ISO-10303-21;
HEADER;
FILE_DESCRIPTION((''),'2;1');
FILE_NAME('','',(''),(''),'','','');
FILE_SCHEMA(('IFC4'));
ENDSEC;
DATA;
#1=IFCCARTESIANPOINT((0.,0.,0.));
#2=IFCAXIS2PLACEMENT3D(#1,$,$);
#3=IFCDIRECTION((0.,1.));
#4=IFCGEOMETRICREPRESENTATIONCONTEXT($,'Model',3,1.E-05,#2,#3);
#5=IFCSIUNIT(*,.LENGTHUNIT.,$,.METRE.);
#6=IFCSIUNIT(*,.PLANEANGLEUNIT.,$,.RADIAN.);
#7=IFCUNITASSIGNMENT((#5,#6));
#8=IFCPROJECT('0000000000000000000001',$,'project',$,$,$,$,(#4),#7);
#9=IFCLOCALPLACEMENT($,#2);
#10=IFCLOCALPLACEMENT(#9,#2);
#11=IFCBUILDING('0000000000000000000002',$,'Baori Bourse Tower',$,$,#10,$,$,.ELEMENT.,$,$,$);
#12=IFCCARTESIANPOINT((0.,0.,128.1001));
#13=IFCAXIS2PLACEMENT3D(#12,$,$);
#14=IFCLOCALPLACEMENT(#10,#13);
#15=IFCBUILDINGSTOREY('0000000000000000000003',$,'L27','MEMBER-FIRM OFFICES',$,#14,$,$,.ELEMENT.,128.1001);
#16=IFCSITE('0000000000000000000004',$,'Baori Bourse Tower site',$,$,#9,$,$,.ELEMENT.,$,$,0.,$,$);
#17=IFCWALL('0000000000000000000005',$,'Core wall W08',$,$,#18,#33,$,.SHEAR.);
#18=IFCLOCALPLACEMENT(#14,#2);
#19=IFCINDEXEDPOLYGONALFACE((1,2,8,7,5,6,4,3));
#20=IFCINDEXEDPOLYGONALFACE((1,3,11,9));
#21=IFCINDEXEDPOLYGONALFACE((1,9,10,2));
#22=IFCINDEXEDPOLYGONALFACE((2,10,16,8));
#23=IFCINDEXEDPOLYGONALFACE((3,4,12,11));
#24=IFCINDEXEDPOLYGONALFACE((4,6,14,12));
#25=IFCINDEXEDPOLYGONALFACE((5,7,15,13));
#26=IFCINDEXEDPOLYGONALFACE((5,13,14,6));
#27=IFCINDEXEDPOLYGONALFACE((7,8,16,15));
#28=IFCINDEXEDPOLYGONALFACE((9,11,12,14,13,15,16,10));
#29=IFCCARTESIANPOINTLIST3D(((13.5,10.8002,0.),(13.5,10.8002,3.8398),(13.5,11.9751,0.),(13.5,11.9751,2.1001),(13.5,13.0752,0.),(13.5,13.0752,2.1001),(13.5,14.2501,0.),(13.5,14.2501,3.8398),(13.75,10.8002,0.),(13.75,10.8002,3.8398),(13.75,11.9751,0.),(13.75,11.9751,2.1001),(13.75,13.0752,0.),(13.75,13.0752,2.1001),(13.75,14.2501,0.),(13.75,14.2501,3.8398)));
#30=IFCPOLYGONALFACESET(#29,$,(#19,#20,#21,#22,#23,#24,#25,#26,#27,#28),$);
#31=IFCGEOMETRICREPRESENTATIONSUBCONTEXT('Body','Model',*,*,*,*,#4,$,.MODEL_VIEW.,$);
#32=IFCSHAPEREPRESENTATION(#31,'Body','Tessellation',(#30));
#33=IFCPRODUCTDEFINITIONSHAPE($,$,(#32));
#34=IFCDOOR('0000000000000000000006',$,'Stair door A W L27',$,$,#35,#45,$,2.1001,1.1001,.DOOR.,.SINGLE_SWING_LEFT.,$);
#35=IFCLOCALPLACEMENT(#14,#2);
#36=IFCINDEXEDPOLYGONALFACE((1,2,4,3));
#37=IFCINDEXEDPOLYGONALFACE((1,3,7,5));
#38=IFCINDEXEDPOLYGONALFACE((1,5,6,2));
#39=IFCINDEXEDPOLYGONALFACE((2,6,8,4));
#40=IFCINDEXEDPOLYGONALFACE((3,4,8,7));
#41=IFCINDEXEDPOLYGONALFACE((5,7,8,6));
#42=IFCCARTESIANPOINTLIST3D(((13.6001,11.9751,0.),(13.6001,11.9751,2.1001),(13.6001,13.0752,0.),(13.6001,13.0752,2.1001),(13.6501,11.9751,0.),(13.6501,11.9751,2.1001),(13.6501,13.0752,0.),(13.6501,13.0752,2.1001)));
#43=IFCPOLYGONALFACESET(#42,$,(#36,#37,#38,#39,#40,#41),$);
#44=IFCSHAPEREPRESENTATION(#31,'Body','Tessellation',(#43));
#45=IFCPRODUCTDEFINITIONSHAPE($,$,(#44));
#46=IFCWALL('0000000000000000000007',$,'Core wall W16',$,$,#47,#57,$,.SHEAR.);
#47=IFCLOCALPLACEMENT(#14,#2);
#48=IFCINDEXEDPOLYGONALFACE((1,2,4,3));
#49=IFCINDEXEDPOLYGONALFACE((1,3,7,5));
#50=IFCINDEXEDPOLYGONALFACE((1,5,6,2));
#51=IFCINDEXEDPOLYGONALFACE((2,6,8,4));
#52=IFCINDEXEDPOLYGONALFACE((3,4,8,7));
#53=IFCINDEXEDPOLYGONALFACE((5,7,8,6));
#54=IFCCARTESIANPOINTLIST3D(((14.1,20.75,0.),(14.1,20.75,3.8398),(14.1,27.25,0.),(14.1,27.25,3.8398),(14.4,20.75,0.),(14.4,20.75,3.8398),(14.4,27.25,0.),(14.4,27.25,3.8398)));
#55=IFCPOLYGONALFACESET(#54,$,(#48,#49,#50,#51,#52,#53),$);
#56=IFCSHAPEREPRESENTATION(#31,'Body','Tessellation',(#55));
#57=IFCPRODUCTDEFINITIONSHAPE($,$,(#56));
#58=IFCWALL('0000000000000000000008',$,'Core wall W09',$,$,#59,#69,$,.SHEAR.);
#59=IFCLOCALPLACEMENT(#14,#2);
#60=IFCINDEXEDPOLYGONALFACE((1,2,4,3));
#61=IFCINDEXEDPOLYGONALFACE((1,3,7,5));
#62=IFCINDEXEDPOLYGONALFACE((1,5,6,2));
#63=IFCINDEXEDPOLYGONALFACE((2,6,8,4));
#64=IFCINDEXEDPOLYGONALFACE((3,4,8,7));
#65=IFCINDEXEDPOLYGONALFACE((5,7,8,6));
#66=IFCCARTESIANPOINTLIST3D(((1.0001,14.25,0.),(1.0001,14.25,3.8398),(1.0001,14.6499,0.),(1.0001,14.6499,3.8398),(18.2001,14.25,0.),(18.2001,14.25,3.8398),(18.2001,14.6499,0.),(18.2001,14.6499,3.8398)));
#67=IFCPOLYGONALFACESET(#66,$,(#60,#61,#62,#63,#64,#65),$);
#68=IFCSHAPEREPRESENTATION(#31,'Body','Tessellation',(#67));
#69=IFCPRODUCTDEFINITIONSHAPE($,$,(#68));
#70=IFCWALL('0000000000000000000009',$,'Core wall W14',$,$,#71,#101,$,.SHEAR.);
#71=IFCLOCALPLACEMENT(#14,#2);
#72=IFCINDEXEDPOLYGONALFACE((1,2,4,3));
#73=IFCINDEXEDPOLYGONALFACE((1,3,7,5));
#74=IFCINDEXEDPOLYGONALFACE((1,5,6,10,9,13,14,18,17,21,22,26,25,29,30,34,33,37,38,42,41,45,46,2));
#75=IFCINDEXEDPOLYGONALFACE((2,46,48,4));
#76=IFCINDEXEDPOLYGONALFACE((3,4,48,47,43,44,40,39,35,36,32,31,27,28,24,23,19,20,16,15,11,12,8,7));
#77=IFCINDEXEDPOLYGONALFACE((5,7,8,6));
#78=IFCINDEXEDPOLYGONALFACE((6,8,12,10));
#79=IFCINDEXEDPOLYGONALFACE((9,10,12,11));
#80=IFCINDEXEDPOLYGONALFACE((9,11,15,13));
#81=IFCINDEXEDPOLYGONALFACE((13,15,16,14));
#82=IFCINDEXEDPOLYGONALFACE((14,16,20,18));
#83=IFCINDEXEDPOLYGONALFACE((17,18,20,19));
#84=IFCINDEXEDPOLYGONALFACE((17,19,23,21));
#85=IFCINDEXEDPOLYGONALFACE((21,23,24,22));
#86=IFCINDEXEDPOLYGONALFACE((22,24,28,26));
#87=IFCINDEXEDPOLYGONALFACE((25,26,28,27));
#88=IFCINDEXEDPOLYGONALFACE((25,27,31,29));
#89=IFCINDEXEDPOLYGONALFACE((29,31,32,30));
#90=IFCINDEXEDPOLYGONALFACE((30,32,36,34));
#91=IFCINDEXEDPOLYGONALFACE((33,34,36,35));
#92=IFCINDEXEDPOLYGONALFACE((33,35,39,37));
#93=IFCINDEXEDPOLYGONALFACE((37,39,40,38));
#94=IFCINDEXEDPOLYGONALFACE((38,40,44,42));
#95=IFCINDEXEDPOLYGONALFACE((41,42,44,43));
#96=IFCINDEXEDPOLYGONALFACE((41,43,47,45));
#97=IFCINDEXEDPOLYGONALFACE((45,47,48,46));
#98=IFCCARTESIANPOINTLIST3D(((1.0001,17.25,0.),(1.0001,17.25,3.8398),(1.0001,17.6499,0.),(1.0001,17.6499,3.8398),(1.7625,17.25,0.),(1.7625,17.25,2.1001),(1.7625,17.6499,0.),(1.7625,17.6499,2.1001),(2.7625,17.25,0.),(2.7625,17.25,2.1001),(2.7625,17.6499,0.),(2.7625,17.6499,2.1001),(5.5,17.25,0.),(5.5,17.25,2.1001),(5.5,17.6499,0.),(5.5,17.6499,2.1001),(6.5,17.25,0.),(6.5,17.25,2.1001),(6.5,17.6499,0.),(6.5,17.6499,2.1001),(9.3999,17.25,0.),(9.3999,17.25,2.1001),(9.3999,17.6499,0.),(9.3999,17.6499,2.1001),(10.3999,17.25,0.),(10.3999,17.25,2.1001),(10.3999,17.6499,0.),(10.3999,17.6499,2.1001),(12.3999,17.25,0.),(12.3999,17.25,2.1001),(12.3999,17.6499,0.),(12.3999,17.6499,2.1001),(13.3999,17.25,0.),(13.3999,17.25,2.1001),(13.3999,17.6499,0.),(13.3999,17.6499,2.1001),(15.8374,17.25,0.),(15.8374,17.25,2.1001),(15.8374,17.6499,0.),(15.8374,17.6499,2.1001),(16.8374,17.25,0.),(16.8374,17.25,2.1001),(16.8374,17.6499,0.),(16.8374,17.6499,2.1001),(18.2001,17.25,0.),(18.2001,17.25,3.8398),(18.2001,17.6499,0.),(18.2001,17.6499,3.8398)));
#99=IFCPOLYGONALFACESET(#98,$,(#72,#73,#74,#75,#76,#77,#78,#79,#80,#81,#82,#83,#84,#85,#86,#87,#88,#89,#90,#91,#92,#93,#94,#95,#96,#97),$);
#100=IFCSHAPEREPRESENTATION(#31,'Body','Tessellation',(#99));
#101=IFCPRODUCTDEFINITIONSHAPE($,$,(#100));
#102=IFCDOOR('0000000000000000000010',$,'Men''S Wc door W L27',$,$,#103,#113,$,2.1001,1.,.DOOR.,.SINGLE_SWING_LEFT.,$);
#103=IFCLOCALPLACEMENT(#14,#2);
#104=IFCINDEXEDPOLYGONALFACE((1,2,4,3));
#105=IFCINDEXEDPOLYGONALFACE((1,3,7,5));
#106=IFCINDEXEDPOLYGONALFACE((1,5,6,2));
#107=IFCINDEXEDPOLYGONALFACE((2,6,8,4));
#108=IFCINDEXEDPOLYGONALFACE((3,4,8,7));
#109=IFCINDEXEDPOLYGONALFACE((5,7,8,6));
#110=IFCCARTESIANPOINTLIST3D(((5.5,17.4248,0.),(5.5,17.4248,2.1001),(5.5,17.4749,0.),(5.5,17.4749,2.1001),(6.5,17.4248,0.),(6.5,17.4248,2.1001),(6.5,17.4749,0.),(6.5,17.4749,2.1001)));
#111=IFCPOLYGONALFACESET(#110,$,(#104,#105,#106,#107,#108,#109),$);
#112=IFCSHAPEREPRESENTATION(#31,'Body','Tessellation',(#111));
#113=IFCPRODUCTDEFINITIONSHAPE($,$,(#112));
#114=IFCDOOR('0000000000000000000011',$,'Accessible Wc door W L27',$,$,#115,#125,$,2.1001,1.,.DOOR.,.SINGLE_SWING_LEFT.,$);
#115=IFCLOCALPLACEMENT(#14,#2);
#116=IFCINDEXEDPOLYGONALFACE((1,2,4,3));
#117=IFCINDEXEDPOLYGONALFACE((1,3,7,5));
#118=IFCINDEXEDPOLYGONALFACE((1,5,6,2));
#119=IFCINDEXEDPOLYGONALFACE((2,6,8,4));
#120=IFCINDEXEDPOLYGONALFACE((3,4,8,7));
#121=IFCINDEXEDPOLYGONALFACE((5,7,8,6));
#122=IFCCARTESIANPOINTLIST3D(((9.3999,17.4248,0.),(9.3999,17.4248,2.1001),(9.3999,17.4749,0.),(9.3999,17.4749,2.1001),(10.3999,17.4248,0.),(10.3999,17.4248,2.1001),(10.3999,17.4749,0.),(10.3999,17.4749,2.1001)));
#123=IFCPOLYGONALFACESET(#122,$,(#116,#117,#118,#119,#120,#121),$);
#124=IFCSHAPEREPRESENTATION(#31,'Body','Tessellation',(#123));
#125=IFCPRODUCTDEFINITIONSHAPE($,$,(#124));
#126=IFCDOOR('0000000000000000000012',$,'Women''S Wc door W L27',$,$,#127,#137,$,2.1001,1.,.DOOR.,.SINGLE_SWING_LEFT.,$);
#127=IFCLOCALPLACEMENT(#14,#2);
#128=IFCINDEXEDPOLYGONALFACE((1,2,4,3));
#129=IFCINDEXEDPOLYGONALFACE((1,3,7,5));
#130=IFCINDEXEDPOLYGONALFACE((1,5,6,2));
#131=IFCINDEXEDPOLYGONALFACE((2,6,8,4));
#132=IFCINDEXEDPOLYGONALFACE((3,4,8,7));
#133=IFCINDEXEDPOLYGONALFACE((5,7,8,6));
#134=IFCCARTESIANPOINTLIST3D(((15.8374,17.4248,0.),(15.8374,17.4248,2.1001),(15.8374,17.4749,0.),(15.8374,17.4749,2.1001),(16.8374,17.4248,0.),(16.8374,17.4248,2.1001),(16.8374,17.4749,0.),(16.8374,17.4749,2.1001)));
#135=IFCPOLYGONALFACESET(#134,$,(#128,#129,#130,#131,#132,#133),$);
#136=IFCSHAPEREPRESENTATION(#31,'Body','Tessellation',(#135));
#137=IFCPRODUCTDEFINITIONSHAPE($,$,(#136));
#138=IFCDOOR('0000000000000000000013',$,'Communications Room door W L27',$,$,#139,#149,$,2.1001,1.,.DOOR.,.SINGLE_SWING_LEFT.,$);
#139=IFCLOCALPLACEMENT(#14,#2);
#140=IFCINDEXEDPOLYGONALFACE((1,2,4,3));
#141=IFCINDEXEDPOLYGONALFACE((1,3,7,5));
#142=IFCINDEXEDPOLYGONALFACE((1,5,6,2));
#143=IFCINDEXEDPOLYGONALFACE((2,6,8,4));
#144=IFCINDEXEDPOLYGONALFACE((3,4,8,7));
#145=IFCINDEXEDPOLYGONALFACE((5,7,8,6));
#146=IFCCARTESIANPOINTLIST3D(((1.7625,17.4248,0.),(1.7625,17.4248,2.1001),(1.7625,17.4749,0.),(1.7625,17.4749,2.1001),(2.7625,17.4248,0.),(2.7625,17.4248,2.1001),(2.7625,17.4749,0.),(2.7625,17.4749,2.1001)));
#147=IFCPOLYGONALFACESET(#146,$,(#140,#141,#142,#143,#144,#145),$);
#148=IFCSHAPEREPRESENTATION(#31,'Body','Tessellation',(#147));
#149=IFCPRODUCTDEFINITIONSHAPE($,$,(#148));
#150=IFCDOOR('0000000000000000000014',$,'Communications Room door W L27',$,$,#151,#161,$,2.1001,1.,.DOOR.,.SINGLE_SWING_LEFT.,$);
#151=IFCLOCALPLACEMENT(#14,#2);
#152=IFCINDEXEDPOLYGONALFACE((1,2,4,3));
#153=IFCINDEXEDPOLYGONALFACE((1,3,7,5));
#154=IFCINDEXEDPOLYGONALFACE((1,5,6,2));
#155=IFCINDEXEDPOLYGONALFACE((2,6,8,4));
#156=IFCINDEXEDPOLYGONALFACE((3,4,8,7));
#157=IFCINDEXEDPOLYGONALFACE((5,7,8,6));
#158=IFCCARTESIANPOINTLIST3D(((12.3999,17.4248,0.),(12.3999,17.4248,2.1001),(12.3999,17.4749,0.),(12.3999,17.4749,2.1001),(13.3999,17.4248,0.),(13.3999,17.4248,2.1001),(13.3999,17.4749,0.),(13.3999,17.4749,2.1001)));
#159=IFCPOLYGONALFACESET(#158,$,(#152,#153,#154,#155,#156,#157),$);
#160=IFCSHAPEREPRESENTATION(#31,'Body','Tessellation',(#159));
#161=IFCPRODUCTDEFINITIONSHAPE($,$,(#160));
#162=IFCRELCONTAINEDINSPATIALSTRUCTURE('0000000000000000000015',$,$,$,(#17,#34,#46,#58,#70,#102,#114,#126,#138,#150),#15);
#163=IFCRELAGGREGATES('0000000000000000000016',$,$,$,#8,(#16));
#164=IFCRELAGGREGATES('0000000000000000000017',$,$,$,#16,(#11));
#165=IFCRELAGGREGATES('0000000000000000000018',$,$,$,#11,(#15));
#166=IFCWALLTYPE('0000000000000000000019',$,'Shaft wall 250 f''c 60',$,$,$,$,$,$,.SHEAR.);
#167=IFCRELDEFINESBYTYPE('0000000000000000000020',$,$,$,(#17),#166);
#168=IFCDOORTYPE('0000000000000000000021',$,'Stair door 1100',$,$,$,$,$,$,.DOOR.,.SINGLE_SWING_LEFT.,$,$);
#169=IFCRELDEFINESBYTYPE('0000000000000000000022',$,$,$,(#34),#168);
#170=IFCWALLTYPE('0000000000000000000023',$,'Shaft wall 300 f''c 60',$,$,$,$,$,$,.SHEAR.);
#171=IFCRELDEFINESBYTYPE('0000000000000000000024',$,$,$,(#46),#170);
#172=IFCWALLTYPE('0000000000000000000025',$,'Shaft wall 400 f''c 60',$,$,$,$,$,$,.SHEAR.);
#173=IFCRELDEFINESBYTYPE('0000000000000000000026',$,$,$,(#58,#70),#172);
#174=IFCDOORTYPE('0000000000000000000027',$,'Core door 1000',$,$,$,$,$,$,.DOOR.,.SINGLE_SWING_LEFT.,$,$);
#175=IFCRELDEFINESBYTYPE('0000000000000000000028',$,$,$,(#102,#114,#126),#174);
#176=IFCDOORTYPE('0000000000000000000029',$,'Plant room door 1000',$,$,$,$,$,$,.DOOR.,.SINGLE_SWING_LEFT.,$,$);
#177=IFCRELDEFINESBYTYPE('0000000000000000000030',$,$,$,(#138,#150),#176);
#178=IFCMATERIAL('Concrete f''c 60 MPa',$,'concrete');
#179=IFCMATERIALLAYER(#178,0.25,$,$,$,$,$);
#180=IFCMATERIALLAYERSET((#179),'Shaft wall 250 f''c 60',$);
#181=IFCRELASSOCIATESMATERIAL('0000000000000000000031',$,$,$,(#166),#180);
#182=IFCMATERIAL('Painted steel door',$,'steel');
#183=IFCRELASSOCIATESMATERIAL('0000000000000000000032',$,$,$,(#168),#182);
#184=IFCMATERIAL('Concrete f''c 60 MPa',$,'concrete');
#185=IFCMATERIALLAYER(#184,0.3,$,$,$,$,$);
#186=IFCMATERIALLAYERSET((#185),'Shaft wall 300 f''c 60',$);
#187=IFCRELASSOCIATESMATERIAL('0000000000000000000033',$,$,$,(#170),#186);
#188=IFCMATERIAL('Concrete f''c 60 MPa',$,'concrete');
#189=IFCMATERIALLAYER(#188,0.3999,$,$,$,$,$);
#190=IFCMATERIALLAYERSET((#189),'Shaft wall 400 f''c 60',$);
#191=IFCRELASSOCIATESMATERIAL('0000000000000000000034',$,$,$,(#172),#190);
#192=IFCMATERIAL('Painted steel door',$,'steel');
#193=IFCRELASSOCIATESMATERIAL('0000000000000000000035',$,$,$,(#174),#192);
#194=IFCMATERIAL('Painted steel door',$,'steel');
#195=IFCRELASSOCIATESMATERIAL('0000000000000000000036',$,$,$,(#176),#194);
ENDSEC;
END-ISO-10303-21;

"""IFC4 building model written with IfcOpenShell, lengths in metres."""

from ifc_helpers import new_model, si_unit, direction, frame, frame_2d, origin, place, context, subcontext, project, spatial, rectangle, extrude, material, layer, layer_set, type_object, element, fill, save


model = new_model("IFC4")

# Units and contexts
model_context = context("Model", 3, precision=1e-05, world=origin(), true_north=direction((0.0, 1.0)))
body_context = subcontext(model_context, "Body", "Model", "MODEL_VIEW")
ifc_project = project(units=[si_unit("LENGTHUNIT", "METRE"), si_unit("PLANEANGLEUNIT", "RADIAN")], contexts=[model_context])

# Site, building, storey
site_placement = place(None, origin())
site = spatial("IfcSite", under=ifc_project, at=site_placement, Name="Baori Bourse Tower site", CompositionType="ELEMENT", RefElevation=0.0)
building_placement = place(site_placement, origin())
building = spatial("IfcBuilding", under=site, at=building_placement, Name="Baori Bourse Tower", CompositionType="ELEMENT")
storey_placement = place(building_placement, frame((0.0, 0.0, 128.1001)))
storey = spatial("IfcBuildingStorey", under=building, at=storey_placement, Name="L27", Description="MEMBER-FIRM OFFICES", CompositionType="ELEMENT", Elevation=128.1001)

# Wall, opening, door
ifc_material_1 = material(Name="Concrete f'c 60 MPa", Category="concrete")
ifc_layer_1 = layer(ifc_material_1, 0.25)
ifc_layer_set_1 = layer_set([ifc_layer_1], Name="Shaft wall 250 f'c 60")
wall_type_1 = type_object("IfcWallType", Name="Shaft wall 250 f'c 60", PredefinedType="SHEAR", material=ifc_layer_set_1)
wall_1_placement = place(storey_placement, frame((13.625, 10.8, 0.0), z_axis=(0.0, 0.0, 1.0), x_axis=(0.0, 1.0, 0.0)))
wall_1 = element("IfcWall", 1, at=wall_1_placement, inside=storey, type_object=wall_type_1, Name="Core wall W08", PredefinedType="SHEAR", context=body_context, shape_type="SweptSolid", body=[
    extrude(rectangle(XDim=3.45, YDim=0.25, at=frame_2d((1.7251, 0.0))), origin(), (0.0, 0.0, 1.0), 3.8398),
])
opening_1_placement = place(wall_1_placement, frame((1.175, 0.0, 0.0)))
opening_1 = element("IfcOpeningElement", 2, at=opening_1_placement, cuts=wall_1, PredefinedType="OPENING", context=body_context, shape_type="SweptSolid", body=[
    extrude(rectangle(XDim=1.1001, YDim=2.1001, at=frame_2d((0.55, 1.05))), frame((0.0, 0.135, 0.0), z_axis=(0.0, -1.0, 0.0), x_axis=(1.0, 0.0, 0.0)), (0.0, 0.0, 1.0), 0.27),
])
ifc_material_2 = material(Name="Painted steel door", Category="steel")
door_type_1 = type_object("IfcDoorType", Name="Stair door 1100", OperationType="SINGLE_SWING_LEFT", PredefinedType="DOOR", material=ifc_material_2)
door_1_placement = place(opening_1_placement, origin())
door_1 = element("IfcDoor", 3, at=door_1_placement, inside=storey, type_object=door_type_1, Name="Stair door A W L27", OperationType="SINGLE_SWING_LEFT", OverallHeight=2.1001, OverallWidth=1.1001, PredefinedType="DOOR", context=body_context, shape_type="SweptSolid", body=[
    extrude(rectangle(XDim=1.1001, YDim=2.1001, at=frame_2d((0.55, 1.05))), frame((0.0, 0.0249, 0.0), z_axis=(0.0, -1.0, 0.0), x_axis=(1.0, 0.0, 0.0)), (0.0, 0.0, 1.0), 0.05),
])
fill(opening_1, door_1)

# Walls
ifc_material_3 = material(Name="Concrete f'c 60 MPa", Category="concrete")
ifc_layer_2 = layer(ifc_material_3, 0.3)
ifc_layer_set_2 = layer_set([ifc_layer_2], Name="Shaft wall 300 f'c 60")
wall_type_2 = type_object("IfcWallType", Name="Shaft wall 300 f'c 60", PredefinedType="SHEAR", material=ifc_layer_set_2)
wall_2_placement = place(storey_placement, frame((14.25, 20.75, 0.0), z_axis=(0.0, 0.0, 1.0), x_axis=(0.0, 1.0, 0.0)))
element("IfcWall", 4, at=wall_2_placement, inside=storey, type_object=wall_type_2, Name="Core wall W16", PredefinedType="SHEAR", context=body_context, shape_type="SweptSolid", body=[
    extrude(rectangle(XDim=6.5, YDim=0.3, at=frame_2d((3.25, 0.0))), origin(), (0.0, 0.0, 1.0), 3.8398),
])
ifc_material_4 = material(Name="Concrete f'c 60 MPa", Category="concrete")
ifc_layer_3 = layer(ifc_material_4, 0.3999)
ifc_layer_set_3 = layer_set([ifc_layer_3], Name="Shaft wall 400 f'c 60")
wall_type_3 = type_object("IfcWallType", Name="Shaft wall 400 f'c 60", PredefinedType="SHEAR", material=ifc_layer_set_3)
wall_3_placement = place(storey_placement, frame((1.0, 14.45, 0.0), z_axis=(0.0, 0.0, 1.0), x_axis=(1.0, 0.0, 0.0)))
element("IfcWall", 5, at=wall_3_placement, inside=storey, type_object=wall_type_3, Name="Core wall W09", PredefinedType="SHEAR", context=body_context, shape_type="SweptSolid", body=[
    extrude(rectangle(XDim=17.2, YDim=0.3999, at=frame_2d((8.6001, 0.0))), origin(), (0.0, 0.0, 1.0), 3.8398),
])

# Wall, openings, doors
wall_4_placement = place(storey_placement, frame((1.0, 17.45, 0.0), z_axis=(0.0, 0.0, 1.0), x_axis=(1.0, 0.0, 0.0)))
wall_4 = element("IfcWall", 6, at=wall_4_placement, inside=storey, type_object=wall_type_3, Name="Core wall W14", PredefinedType="SHEAR", context=body_context, shape_type="SweptSolid", body=[
    extrude(rectangle(XDim=17.2, YDim=0.3999, at=frame_2d((8.6001, 0.0))), origin(), (0.0, 0.0, 1.0), 3.8398),
])
opening_2_placement = place(wall_4_placement, frame((0.7625, 0.0, 0.0)))
opening_2 = element("IfcOpeningElement", 7, at=opening_2_placement, cuts=wall_4, PredefinedType="OPENING", context=body_context, shape_type="SweptSolid", body=[
    extrude(rectangle(XDim=1.0, YDim=2.1001, at=frame_2d((0.5, 1.05))), frame((0.0, 0.21, 0.0), z_axis=(0.0, -1.0, 0.0), x_axis=(1.0, 0.0, 0.0)), (0.0, 0.0, 1.0), 0.4199),
])
opening_3_placement = place(wall_4_placement, frame((4.5, 0.0, 0.0)))
opening_3 = element("IfcOpeningElement", 8, at=opening_3_placement, cuts=wall_4, PredefinedType="OPENING", context=body_context, shape_type="SweptSolid", body=[
    extrude(rectangle(XDim=1.0, YDim=2.1001, at=frame_2d((0.5, 1.05))), frame((0.0, 0.21, 0.0), z_axis=(0.0, -1.0, 0.0), x_axis=(1.0, 0.0, 0.0)), (0.0, 0.0, 1.0), 0.4199),
])
opening_4_placement = place(wall_4_placement, frame((8.3999, 0.0, 0.0)))
opening_4 = element("IfcOpeningElement", 9, at=opening_4_placement, cuts=wall_4, PredefinedType="OPENING", context=body_context, shape_type="SweptSolid", body=[
    extrude(rectangle(XDim=1.0, YDim=2.1001, at=frame_2d((0.5, 1.05))), frame((0.0, 0.21, 0.0), z_axis=(0.0, -1.0, 0.0), x_axis=(1.0, 0.0, 0.0)), (0.0, 0.0, 1.0), 0.4199),
])
opening_5_placement = place(wall_4_placement, frame((11.3999, 0.0, 0.0)))
opening_5 = element("IfcOpeningElement", 10, at=opening_5_placement, cuts=wall_4, PredefinedType="OPENING", context=body_context, shape_type="SweptSolid", body=[
    extrude(rectangle(XDim=1.0, YDim=2.1001, at=frame_2d((0.5, 1.05))), frame((0.0, 0.21, 0.0), z_axis=(0.0, -1.0, 0.0), x_axis=(1.0, 0.0, 0.0)), (0.0, 0.0, 1.0), 0.4199),
])
opening_6_placement = place(wall_4_placement, frame((14.8374, 0.0, 0.0)))
opening_6 = element("IfcOpeningElement", 11, at=opening_6_placement, cuts=wall_4, PredefinedType="OPENING", context=body_context, shape_type="SweptSolid", body=[
    extrude(rectangle(XDim=1.0, YDim=2.1001, at=frame_2d((0.5, 1.05))), frame((0.0, 0.21, 0.0), z_axis=(0.0, -1.0, 0.0), x_axis=(1.0, 0.0, 0.0)), (0.0, 0.0, 1.0), 0.4199),
])
ifc_material_5 = material(Name="Painted steel door", Category="steel")
door_type_2 = type_object("IfcDoorType", Name="Core door 1000", OperationType="SINGLE_SWING_LEFT", PredefinedType="DOOR", material=ifc_material_5)
door_2_placement = place(opening_3_placement, origin())
door_2 = element("IfcDoor", 12, at=door_2_placement, inside=storey, type_object=door_type_2, Name="Men'S Wc door W L27", OperationType="SINGLE_SWING_LEFT", OverallHeight=2.1001, OverallWidth=1.0, PredefinedType="DOOR", context=body_context, shape_type="SweptSolid", body=[
    extrude(rectangle(XDim=1.0, YDim=2.1001, at=frame_2d((0.5, 1.05))), frame((0.0, 0.0249, 0.0), z_axis=(0.0, -1.0, 0.0), x_axis=(1.0, 0.0, 0.0)), (0.0, 0.0, 1.0), 0.05),
])
fill(opening_3, door_2)
door_3_placement = place(opening_4_placement, origin())
door_3 = element("IfcDoor", 13, at=door_3_placement, inside=storey, type_object=door_type_2, Name="Accessible Wc door W L27", OperationType="SINGLE_SWING_LEFT", OverallHeight=2.1001, OverallWidth=1.0, PredefinedType="DOOR", context=body_context, shape_type="SweptSolid", body=[
    extrude(rectangle(XDim=1.0, YDim=2.1001, at=frame_2d((0.5, 1.05))), frame((0.0, 0.0249, 0.0), z_axis=(0.0, -1.0, 0.0), x_axis=(1.0, 0.0, 0.0)), (0.0, 0.0, 1.0), 0.05),
])
fill(opening_4, door_3)
door_4_placement = place(opening_6_placement, origin())
door_4 = element("IfcDoor", 14, at=door_4_placement, inside=storey, type_object=door_type_2, Name="Women'S Wc door W L27", OperationType="SINGLE_SWING_LEFT", OverallHeight=2.1001, OverallWidth=1.0, PredefinedType="DOOR", context=body_context, shape_type="SweptSolid", body=[
    extrude(rectangle(XDim=1.0, YDim=2.1001, at=frame_2d((0.5, 1.05))), frame((0.0, 0.0249, 0.0), z_axis=(0.0, -1.0, 0.0), x_axis=(1.0, 0.0, 0.0)), (0.0, 0.0, 1.0), 0.05),
])
fill(opening_6, door_4)
ifc_material_6 = material(Name="Painted steel door", Category="steel")
door_type_3 = type_object("IfcDoorType", Name="Plant room door 1000", OperationType="SINGLE_SWING_LEFT", PredefinedType="DOOR", material=ifc_material_6)
door_5_placement = place(opening_2_placement, origin())
door_5 = element("IfcDoor", 15, at=door_5_placement, inside=storey, type_object=door_type_3, Name="Communications Room door W L27", OperationType="SINGLE_SWING_LEFT", OverallHeight=2.1001, OverallWidth=1.0, PredefinedType="DOOR", context=body_context, shape_type="SweptSolid", body=[
    extrude(rectangle(XDim=1.0, YDim=2.1001, at=frame_2d((0.5, 1.05))), frame((0.0, 0.0249, 0.0), z_axis=(0.0, -1.0, 0.0), x_axis=(1.0, 0.0, 0.0)), (0.0, 0.0, 1.0), 0.05),
])
fill(opening_2, door_5)
door_6_placement = place(opening_5_placement, origin())
door_6 = element("IfcDoor", 16, at=door_6_placement, inside=storey, type_object=door_type_3, Name="Communications Room door W L27", OperationType="SINGLE_SWING_LEFT", OverallHeight=2.1001, OverallWidth=1.0, PredefinedType="DOOR", context=body_context, shape_type="SweptSolid", body=[
    extrude(rectangle(XDim=1.0, YDim=2.1001, at=frame_2d((0.5, 1.05))), frame((0.0, 0.0249, 0.0), z_axis=(0.0, -1.0, 0.0), x_axis=(1.0, 0.0, 0.0)), (0.0, 0.0, 1.0), 0.05),
])
fill(opening_5, door_6)

save(model, "model.ifc")
